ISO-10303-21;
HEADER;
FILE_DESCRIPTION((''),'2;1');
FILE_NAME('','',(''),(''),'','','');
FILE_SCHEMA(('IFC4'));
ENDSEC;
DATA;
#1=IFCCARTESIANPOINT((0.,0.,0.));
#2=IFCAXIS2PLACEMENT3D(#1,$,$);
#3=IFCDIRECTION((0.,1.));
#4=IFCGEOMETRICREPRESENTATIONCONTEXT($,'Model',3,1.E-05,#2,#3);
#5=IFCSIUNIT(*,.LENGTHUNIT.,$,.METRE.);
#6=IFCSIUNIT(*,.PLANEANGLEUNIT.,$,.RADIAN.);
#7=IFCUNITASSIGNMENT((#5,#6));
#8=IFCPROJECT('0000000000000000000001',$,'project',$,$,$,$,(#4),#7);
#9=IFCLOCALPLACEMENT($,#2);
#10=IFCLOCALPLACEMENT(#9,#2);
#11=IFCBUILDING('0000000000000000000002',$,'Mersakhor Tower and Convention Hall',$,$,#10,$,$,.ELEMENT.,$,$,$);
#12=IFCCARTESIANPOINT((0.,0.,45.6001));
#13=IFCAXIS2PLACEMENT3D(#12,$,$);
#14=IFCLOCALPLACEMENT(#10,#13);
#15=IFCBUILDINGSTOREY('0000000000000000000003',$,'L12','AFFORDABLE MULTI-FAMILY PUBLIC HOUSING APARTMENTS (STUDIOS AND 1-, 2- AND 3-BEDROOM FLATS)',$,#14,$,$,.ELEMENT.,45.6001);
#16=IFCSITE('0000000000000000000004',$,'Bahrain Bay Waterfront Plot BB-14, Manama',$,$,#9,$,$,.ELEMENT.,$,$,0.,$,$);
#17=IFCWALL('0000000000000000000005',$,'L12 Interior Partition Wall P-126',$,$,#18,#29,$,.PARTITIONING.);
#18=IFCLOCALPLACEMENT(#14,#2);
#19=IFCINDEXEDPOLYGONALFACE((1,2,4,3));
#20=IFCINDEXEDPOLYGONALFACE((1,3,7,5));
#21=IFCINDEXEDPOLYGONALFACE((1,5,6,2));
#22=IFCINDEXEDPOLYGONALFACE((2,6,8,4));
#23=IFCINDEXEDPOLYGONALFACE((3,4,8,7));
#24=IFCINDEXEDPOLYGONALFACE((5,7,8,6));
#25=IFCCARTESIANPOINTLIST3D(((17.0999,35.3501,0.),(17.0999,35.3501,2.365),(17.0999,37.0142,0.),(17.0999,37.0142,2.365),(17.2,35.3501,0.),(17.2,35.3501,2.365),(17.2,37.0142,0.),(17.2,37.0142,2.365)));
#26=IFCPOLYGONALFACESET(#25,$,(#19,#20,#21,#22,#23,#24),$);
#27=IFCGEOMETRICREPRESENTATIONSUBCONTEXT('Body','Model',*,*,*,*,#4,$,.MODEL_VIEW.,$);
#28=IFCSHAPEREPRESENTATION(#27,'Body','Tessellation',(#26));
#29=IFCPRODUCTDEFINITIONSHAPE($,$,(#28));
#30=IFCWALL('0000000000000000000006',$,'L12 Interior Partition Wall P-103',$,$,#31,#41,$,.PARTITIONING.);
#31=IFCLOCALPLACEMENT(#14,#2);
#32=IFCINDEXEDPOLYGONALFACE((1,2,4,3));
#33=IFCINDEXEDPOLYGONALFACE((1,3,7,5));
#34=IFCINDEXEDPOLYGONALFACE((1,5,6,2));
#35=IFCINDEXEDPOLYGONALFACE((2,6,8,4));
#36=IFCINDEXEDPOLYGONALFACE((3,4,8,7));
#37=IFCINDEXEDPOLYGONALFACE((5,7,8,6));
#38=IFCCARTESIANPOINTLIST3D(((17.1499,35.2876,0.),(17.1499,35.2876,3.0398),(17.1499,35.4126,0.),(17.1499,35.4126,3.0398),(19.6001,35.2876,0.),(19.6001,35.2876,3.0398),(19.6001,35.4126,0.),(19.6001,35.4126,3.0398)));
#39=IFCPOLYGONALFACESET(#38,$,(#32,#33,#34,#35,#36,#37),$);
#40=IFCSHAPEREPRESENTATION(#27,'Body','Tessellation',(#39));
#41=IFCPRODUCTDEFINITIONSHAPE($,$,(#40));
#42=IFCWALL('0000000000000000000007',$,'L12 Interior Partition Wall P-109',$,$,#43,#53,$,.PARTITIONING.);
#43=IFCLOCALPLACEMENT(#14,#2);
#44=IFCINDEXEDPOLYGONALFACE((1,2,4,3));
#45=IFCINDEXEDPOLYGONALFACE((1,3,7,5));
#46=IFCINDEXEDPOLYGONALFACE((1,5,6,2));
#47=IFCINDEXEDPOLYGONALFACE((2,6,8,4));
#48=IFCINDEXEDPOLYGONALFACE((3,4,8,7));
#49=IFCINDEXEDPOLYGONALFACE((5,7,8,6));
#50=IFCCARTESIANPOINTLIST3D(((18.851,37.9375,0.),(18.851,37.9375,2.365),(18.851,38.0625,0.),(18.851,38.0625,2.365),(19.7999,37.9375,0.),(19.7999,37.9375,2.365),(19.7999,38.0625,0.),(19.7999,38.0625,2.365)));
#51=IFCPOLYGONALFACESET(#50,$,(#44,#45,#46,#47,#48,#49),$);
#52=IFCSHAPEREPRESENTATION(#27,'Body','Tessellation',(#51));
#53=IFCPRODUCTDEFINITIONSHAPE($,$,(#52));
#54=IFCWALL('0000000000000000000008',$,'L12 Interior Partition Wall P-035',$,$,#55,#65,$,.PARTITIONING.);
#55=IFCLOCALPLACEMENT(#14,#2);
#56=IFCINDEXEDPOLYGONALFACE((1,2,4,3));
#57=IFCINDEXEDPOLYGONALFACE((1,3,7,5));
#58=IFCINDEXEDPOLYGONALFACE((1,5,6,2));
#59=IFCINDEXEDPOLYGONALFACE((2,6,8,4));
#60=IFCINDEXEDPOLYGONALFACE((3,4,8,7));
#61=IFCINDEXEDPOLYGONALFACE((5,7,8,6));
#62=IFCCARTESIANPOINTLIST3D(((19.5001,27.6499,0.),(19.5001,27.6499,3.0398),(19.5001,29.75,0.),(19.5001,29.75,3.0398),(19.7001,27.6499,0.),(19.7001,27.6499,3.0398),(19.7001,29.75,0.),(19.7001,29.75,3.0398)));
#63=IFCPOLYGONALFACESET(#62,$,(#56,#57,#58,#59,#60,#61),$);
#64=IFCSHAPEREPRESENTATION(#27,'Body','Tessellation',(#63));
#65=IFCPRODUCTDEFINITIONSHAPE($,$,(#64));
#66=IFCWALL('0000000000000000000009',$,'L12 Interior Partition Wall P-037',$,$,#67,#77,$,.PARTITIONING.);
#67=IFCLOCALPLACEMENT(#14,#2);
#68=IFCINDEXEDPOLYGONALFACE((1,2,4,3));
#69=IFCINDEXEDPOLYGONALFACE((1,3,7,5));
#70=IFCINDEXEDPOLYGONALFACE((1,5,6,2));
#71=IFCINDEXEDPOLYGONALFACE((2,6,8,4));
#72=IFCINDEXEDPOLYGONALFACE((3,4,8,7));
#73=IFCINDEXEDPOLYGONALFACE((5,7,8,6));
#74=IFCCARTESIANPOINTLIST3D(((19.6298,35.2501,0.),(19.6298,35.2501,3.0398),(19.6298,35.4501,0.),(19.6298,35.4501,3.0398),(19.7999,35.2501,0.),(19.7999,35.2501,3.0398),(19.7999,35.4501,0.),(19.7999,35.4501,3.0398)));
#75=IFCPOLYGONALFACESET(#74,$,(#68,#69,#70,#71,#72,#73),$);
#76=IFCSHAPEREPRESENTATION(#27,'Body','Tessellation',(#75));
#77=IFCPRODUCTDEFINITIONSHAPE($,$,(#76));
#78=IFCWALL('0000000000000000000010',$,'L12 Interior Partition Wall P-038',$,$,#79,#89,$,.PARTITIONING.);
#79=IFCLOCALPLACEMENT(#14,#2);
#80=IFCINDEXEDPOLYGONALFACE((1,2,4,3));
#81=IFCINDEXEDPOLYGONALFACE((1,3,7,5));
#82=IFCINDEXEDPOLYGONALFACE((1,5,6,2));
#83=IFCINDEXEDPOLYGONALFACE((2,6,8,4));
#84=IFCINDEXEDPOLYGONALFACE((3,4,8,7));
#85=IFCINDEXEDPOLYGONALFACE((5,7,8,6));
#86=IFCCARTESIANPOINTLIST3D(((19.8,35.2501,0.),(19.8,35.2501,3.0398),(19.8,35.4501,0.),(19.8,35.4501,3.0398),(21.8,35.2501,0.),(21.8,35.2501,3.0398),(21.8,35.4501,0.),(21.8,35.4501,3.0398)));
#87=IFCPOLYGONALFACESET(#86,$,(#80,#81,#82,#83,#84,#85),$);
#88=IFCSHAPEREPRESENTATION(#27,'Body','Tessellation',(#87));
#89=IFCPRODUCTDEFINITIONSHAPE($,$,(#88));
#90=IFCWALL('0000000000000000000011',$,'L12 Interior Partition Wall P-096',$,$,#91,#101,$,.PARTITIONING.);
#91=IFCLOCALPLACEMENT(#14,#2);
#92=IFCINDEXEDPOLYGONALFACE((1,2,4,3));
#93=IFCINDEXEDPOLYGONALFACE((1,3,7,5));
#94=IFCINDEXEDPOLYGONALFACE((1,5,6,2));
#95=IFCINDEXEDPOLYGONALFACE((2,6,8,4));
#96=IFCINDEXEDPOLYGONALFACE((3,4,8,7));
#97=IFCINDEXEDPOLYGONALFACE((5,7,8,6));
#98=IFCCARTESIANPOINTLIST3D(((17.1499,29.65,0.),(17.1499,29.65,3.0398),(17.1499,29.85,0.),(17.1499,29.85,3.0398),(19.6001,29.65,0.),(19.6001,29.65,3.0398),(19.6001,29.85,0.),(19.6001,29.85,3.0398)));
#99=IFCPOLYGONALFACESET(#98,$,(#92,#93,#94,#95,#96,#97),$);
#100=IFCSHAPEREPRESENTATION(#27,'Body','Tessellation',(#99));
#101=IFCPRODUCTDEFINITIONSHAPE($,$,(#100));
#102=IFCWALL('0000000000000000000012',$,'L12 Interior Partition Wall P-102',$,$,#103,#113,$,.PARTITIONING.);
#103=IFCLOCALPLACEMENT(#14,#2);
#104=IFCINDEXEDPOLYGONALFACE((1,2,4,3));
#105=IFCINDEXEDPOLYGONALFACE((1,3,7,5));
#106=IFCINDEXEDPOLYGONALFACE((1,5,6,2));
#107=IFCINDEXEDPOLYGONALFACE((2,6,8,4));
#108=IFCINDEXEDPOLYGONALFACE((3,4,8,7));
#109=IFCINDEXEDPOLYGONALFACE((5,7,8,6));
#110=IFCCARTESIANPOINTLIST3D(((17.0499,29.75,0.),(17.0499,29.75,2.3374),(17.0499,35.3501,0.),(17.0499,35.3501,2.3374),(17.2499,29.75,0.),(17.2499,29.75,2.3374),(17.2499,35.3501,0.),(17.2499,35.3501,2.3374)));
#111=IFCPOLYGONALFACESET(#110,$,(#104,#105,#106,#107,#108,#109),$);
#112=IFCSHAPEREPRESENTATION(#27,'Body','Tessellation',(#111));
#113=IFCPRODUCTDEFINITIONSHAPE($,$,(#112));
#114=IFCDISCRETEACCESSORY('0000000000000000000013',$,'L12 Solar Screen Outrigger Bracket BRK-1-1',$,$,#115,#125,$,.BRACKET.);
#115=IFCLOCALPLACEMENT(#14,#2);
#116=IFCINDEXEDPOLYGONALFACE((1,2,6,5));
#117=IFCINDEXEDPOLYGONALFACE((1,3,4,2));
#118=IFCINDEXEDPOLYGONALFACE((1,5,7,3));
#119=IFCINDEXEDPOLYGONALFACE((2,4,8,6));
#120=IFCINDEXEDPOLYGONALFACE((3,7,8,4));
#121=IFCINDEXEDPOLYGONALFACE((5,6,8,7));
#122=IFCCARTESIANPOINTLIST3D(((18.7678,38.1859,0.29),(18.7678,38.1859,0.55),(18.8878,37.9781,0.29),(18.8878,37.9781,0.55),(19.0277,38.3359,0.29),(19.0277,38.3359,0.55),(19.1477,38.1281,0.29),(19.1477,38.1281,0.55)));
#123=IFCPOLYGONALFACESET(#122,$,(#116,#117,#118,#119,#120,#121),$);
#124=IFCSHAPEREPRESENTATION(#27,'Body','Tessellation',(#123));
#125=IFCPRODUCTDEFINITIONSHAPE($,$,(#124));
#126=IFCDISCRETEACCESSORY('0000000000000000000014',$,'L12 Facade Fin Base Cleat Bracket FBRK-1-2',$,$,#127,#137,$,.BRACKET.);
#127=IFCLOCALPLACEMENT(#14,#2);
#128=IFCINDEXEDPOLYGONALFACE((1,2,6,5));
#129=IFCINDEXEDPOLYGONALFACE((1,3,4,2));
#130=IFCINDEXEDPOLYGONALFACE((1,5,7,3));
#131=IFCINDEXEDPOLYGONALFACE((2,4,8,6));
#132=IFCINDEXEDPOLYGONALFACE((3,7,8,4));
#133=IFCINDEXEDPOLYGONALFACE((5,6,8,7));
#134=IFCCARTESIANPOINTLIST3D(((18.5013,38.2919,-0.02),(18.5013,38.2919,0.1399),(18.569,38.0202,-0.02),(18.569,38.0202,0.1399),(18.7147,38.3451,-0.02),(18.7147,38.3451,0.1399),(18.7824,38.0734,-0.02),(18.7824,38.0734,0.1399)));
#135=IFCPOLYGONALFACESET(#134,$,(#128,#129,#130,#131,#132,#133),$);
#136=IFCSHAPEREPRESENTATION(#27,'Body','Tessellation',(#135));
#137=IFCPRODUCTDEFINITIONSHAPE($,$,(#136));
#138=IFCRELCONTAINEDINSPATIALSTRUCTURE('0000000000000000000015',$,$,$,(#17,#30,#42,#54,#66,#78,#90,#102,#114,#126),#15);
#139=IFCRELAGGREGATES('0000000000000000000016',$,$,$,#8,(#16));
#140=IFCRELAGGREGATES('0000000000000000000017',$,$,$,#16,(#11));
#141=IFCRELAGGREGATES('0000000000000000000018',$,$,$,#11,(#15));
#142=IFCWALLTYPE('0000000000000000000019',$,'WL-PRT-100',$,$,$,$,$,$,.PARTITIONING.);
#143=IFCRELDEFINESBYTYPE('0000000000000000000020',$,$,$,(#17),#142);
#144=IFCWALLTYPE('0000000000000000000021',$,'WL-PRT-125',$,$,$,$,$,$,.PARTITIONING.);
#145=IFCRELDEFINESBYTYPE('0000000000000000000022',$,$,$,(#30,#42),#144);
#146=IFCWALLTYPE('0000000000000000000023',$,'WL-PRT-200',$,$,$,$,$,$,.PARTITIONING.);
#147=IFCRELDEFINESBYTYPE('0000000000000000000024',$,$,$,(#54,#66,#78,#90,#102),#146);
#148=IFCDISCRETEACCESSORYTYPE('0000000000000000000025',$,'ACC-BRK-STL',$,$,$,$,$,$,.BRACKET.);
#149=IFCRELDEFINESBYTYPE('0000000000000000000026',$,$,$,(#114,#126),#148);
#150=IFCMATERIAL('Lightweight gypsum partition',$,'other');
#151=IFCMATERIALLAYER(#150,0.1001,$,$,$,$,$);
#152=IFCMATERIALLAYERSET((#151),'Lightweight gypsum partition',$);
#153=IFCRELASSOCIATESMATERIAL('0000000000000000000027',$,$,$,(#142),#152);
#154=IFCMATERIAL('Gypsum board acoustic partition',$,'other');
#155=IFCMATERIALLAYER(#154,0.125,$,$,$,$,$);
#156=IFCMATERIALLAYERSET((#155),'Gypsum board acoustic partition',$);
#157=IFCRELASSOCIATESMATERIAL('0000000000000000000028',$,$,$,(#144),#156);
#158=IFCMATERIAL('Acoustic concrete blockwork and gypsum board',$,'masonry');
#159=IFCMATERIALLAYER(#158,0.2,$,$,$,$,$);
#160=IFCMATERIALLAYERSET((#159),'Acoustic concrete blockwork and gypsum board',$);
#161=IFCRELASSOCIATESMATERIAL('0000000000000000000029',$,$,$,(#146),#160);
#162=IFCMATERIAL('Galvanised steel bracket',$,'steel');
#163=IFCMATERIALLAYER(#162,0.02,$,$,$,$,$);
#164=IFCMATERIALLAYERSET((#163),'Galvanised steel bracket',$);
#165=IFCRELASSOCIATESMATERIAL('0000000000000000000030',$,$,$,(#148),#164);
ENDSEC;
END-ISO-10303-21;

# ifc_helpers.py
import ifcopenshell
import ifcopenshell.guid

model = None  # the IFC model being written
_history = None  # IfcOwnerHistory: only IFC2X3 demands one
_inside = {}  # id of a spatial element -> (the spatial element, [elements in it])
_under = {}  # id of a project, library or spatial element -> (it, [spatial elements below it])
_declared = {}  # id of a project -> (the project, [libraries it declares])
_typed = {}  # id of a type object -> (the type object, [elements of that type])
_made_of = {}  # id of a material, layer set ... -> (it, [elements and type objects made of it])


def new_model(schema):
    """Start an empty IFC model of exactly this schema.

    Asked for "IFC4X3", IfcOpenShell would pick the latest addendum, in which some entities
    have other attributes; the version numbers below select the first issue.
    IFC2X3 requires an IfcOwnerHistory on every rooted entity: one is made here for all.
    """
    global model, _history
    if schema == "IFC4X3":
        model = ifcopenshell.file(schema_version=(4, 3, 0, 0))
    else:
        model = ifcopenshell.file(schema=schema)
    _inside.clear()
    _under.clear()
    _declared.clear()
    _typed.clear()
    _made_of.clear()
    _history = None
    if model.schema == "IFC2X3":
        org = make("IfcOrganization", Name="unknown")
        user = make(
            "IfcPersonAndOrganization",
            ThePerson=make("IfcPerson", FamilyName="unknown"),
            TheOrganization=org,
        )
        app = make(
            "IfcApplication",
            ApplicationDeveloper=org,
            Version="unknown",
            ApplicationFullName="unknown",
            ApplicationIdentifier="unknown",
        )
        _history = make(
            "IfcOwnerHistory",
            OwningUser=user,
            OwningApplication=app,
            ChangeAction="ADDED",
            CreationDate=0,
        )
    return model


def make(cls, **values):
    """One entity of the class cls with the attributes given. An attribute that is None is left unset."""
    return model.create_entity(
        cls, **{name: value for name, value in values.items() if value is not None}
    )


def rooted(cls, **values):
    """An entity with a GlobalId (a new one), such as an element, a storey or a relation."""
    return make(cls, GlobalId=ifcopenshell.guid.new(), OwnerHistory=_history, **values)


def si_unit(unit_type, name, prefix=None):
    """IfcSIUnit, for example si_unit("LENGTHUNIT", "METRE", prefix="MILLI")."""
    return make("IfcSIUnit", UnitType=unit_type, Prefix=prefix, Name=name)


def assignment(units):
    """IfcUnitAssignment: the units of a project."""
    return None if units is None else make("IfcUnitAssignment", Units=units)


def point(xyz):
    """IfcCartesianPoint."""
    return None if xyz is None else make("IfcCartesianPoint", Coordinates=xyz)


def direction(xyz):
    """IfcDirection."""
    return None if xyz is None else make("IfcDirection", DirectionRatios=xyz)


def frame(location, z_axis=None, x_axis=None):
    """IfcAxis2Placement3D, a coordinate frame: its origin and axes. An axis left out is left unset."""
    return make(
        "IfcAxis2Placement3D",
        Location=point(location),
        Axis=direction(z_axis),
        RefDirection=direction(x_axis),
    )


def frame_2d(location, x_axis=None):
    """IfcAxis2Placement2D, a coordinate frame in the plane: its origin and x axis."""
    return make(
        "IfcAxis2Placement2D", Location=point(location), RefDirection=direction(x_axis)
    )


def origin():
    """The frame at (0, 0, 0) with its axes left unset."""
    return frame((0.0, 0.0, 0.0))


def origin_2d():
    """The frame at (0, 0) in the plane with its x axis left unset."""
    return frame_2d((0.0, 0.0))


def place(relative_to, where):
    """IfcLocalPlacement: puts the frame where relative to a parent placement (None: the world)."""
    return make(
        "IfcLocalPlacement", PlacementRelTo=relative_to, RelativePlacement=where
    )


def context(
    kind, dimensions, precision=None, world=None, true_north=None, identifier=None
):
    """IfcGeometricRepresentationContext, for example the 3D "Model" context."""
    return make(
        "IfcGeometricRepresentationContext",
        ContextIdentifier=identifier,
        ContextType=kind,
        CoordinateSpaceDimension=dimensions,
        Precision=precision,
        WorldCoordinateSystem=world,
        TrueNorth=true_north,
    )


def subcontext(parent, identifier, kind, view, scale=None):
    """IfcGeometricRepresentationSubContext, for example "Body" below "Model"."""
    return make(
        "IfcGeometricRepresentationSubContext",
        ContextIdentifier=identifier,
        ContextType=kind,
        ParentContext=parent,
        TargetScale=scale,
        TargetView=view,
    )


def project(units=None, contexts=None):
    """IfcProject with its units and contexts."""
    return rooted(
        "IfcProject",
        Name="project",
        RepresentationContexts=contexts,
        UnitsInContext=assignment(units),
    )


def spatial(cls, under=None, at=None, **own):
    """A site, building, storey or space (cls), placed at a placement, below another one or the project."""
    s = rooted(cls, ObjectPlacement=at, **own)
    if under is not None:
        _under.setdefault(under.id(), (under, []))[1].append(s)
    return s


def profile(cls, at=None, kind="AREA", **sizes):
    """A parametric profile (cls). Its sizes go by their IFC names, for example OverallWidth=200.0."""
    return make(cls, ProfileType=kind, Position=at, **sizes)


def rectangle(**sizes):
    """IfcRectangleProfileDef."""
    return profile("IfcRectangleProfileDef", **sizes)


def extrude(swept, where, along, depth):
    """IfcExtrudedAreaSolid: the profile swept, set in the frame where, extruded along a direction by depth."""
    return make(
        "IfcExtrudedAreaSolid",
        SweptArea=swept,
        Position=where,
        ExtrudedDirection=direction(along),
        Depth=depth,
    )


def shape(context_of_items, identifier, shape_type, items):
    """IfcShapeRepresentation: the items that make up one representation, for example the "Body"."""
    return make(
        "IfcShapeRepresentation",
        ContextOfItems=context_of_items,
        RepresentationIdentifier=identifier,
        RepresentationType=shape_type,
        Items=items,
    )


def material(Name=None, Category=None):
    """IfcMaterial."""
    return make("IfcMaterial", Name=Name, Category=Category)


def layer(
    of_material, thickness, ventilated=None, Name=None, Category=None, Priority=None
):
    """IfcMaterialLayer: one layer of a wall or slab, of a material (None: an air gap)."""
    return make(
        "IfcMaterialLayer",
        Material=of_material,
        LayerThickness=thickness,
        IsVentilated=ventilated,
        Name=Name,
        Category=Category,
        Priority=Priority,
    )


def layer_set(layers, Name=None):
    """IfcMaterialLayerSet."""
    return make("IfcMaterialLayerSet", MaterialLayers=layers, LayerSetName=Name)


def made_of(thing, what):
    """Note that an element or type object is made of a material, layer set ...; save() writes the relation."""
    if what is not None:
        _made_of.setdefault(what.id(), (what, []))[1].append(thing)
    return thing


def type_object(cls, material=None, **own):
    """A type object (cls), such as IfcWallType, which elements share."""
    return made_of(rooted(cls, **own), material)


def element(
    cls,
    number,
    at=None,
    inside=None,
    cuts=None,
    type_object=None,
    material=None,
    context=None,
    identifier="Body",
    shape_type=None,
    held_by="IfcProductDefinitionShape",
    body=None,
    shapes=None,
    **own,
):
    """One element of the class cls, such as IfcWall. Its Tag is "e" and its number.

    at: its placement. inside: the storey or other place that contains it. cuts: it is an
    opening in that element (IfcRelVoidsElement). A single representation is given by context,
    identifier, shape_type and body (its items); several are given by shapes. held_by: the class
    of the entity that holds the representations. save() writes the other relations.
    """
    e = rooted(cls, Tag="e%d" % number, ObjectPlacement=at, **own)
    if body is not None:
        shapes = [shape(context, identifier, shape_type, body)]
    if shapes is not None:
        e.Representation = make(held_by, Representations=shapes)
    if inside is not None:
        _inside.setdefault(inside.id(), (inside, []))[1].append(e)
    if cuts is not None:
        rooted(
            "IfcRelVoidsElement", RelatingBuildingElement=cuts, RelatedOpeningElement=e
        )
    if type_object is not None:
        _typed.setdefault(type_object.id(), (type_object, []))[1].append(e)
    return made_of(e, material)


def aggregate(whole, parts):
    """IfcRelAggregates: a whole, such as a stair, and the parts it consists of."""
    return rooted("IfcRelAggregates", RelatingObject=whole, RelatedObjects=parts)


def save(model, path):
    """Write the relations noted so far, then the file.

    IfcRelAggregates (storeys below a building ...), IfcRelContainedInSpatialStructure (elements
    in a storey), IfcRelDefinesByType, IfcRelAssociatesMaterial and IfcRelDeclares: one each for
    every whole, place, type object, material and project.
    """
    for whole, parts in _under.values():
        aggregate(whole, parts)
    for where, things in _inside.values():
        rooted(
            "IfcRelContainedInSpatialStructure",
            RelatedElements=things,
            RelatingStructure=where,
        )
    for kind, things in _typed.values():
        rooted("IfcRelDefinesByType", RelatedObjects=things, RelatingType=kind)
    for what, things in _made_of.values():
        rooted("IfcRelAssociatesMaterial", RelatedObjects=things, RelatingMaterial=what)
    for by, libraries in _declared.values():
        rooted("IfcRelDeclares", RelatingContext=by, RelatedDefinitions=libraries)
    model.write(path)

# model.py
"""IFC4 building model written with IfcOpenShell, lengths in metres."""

from ifc_helpers import new_model, si_unit, direction, frame, frame_2d, origin, origin_2d, place, context, subcontext, project, spatial, rectangle, extrude, material, layer, layer_set, type_object, element, save


model = new_model("IFC4")

# Units and contexts
model_context = context("Model", 3, precision=1e-05, world=origin(), true_north=direction((0.0, 1.0)))
body_context = subcontext(model_context, "Body", "Model", "MODEL_VIEW")
ifc_project = project(units=[si_unit("LENGTHUNIT", "METRE"), si_unit("PLANEANGLEUNIT", "RADIAN")], contexts=[model_context])

# Site, building, storey
site_placement = place(None, origin())
site = spatial("IfcSite", under=ifc_project, at=site_placement, Name="Bahrain Bay Waterfront Plot BB-14, Manama", CompositionType="ELEMENT", RefElevation=0.0)
building_placement = place(site_placement, origin())
building = spatial("IfcBuilding", under=site, at=building_placement, Name="Mersakhor Tower and Convention Hall", CompositionType="ELEMENT")
storey_placement = place(building_placement, frame((0.0, 0.0, 45.6001)))
storey = spatial("IfcBuildingStorey", under=building, at=storey_placement, Name="L12", Description="AFFORDABLE MULTI-FAMILY PUBLIC HOUSING APARTMENTS (STUDIOS AND 1-, 2- AND 3-BEDROOM FLATS)", CompositionType="ELEMENT", Elevation=45.6001)

# Walls
ifc_material_1 = material(Name="Lightweight gypsum partition", Category="other")
ifc_layer_1 = layer(ifc_material_1, 0.1001)
ifc_layer_set_1 = layer_set([ifc_layer_1], Name="Lightweight gypsum partition")
wall_type_1 = type_object("IfcWallType", Name="WL-PRT-100", PredefinedType="PARTITIONING", material=ifc_layer_set_1)
wall_1_placement = place(storey_placement, frame((17.1499, 37.0142, 0.0), z_axis=(0.0, 0.0, 1.0), x_axis=(0.0, -1.0, 0.0)))
element("IfcWall", 1, at=wall_1_placement, inside=storey, type_object=wall_type_1, Name="L12 Interior Partition Wall P-126", PredefinedType="PARTITIONING", context=body_context, shape_type="SweptSolid", body=[
    extrude(rectangle(XDim=1.6641, YDim=0.1001, at=frame_2d((0.832, 0.0))), origin(), (0.0, 0.0, 1.0), 2.365),
])
ifc_material_2 = material(Name="Gypsum board acoustic partition", Category="other")
ifc_layer_2 = layer(ifc_material_2, 0.125)
ifc_layer_set_2 = layer_set([ifc_layer_2], Name="Gypsum board acoustic partition")
wall_type_2 = type_object("IfcWallType", Name="WL-PRT-125", PredefinedType="PARTITIONING", material=ifc_layer_set_2)
wall_2_placement = place(storey_placement, frame((17.1499, 35.3501, 0.0), z_axis=(0.0, 0.0, 1.0), x_axis=(1.0, 0.0, 0.0)))
element("IfcWall", 2, at=wall_2_placement, inside=storey, type_object=wall_type_2, Name="L12 Interior Partition Wall P-103", PredefinedType="PARTITIONING", context=body_context, shape_type="SweptSolid", body=[
    extrude(rectangle(XDim=2.4502, YDim=0.125, at=frame_2d((1.2251, 0.0))), origin(), (0.0, 0.0, 1.0), 3.0398),
])
wall_3_placement = place(storey_placement, frame((19.8, 38.0, 0.0), z_axis=(0.0, 0.0, 1.0), x_axis=(-1.0, 0.0, 0.0)))
element("IfcWall", 3, at=wall_3_placement, inside=storey, type_object=wall_type_2, Name="L12 Interior Partition Wall P-109", PredefinedType="PARTITIONING", context=body_context, shape_type="SweptSolid", body=[
    extrude(rectangle(XDim=0.949, YDim=0.125, at=frame_2d((0.4746, 0.0))), origin(), (0.0, 0.0, 1.0), 2.365),
])
ifc_material_3 = material(Name="Acoustic concrete blockwork and gypsum board", Category="masonry")
ifc_layer_3 = layer(ifc_material_3, 0.2)
ifc_layer_set_3 = layer_set([ifc_layer_3], Name="Acoustic concrete blockwork and gypsum board")
wall_type_3 = type_object("IfcWallType", Name="WL-PRT-200", PredefinedType="PARTITIONING", material=ifc_layer_set_3)
wall_4_placement = place(storey_placement, frame((19.6001, 27.6499, 0.0), z_axis=(0.0, 0.0, 1.0), x_axis=(0.0, 1.0, 0.0)))
element("IfcWall", 4, at=wall_4_placement, inside=storey, type_object=wall_type_3, Name="L12 Interior Partition Wall P-035", PredefinedType="PARTITIONING", context=body_context, shape_type="SweptSolid", body=[
    extrude(rectangle(XDim=2.1001, YDim=0.2, at=frame_2d((1.05, 0.0))), origin(), (0.0, 0.0, 1.0), 3.0398),
])

# Walls
wall_5_placement = place(storey_placement, frame((19.6299, 35.3501, 0.0), z_axis=(0.0, 0.0, 1.0), x_axis=(1.0, 0.0, 0.0)))
element("IfcWall", 5, at=wall_5_placement, inside=storey, type_object=wall_type_3, Name="L12 Interior Partition Wall P-037", PredefinedType="PARTITIONING", context=body_context, shape_type="SweptSolid", body=[
    extrude(rectangle(XDim=0.1702, YDim=0.2, at=frame_2d((0.085, 0.0))), origin(), (0.0, 0.0, 1.0), 3.0398),
])
wall_6_placement = place(storey_placement, frame((19.8, 35.3501, 0.0), z_axis=(0.0, 0.0, 1.0), x_axis=(1.0, 0.0, 0.0)))
element("IfcWall", 6, at=wall_6_placement, inside=storey, type_object=wall_type_3, Name="L12 Interior Partition Wall P-038", PredefinedType="PARTITIONING", context=body_context, shape_type="SweptSolid", body=[
    extrude(rectangle(XDim=2.0, YDim=0.2, at=frame_2d((1.0, 0.0))), origin(), (0.0, 0.0, 1.0), 3.0398),
])
wall_7_placement = place(storey_placement, frame((17.1499, 29.75, 0.0), z_axis=(0.0, 0.0, 1.0), x_axis=(1.0, 0.0, 0.0)))
element("IfcWall", 7, at=wall_7_placement, inside=storey, type_object=wall_type_3, Name="L12 Interior Partition Wall P-096", PredefinedType="PARTITIONING", context=body_context, shape_type="SweptSolid", body=[
    extrude(rectangle(XDim=2.4502, YDim=0.2, at=frame_2d((1.2251, 0.0))), origin(), (0.0, 0.0, 1.0), 3.0398),
])
wall_8_placement = place(storey_placement, frame((17.1499, 29.75, 0.0), z_axis=(0.0, 0.0, 1.0), x_axis=(0.0, 1.0, 0.0)))
element("IfcWall", 8, at=wall_8_placement, inside=storey, type_object=wall_type_3, Name="L12 Interior Partition Wall P-102", PredefinedType="PARTITIONING", context=body_context, shape_type="SweptSolid", body=[
    extrude(rectangle(XDim=5.6001, YDim=0.2, at=frame_2d((2.8, 0.0))), origin(), (0.0, 0.0, 1.0), 2.3374),
])

# Discrete accessories
ifc_material_4 = material(Name="Galvanised steel bracket", Category="steel")
ifc_layer_4 = layer(ifc_material_4, 0.02)
ifc_layer_set_4 = layer_set([ifc_layer_4], Name="Galvanised steel bracket")
discrete_accessory_type = type_object("IfcDiscreteAccessoryType", Name="ACC-BRK-STL", PredefinedType="BRACKET", material=ifc_layer_set_4)
discrete_accessory_1_placement = place(storey_placement, frame((18.9578, 38.157, 0.29), z_axis=(0.0, 0.0, 1.0), x_axis=(0.866025, 0.5, 0.0)))
element("IfcDiscreteAccessory", 9, at=discrete_accessory_1_placement, inside=storey, type_object=discrete_accessory_type, Name="L12 Solar Screen Outrigger Bracket BRK-1-1", PredefinedType="BRACKET", context=body_context, shape_type="SweptSolid", body=[
    extrude(rectangle(XDim=0.3, YDim=0.24, at=origin_2d()), origin(), (0.0, 0.0, 1.0), 0.26),
])
discrete_accessory_2_placement = place(storey_placement, frame((18.6418, 38.1826, -0.02), z_axis=(0.0, 0.0, 1.0), x_axis=(-0.241922, 0.970296, 0.0)))
element("IfcDiscreteAccessory", 10, at=discrete_accessory_2_placement, inside=storey, type_object=discrete_accessory_type, Name="L12 Facade Fin Base Cleat Bracket FBRK-1-2", PredefinedType="BRACKET", context=body_context, shape_type="SweptSolid", body=[
    extrude(rectangle(XDim=0.28, YDim=0.22, at=origin_2d()), origin(), (0.0, 0.0, 1.0), 0.1599),
])

save(model, "model.ifc")
